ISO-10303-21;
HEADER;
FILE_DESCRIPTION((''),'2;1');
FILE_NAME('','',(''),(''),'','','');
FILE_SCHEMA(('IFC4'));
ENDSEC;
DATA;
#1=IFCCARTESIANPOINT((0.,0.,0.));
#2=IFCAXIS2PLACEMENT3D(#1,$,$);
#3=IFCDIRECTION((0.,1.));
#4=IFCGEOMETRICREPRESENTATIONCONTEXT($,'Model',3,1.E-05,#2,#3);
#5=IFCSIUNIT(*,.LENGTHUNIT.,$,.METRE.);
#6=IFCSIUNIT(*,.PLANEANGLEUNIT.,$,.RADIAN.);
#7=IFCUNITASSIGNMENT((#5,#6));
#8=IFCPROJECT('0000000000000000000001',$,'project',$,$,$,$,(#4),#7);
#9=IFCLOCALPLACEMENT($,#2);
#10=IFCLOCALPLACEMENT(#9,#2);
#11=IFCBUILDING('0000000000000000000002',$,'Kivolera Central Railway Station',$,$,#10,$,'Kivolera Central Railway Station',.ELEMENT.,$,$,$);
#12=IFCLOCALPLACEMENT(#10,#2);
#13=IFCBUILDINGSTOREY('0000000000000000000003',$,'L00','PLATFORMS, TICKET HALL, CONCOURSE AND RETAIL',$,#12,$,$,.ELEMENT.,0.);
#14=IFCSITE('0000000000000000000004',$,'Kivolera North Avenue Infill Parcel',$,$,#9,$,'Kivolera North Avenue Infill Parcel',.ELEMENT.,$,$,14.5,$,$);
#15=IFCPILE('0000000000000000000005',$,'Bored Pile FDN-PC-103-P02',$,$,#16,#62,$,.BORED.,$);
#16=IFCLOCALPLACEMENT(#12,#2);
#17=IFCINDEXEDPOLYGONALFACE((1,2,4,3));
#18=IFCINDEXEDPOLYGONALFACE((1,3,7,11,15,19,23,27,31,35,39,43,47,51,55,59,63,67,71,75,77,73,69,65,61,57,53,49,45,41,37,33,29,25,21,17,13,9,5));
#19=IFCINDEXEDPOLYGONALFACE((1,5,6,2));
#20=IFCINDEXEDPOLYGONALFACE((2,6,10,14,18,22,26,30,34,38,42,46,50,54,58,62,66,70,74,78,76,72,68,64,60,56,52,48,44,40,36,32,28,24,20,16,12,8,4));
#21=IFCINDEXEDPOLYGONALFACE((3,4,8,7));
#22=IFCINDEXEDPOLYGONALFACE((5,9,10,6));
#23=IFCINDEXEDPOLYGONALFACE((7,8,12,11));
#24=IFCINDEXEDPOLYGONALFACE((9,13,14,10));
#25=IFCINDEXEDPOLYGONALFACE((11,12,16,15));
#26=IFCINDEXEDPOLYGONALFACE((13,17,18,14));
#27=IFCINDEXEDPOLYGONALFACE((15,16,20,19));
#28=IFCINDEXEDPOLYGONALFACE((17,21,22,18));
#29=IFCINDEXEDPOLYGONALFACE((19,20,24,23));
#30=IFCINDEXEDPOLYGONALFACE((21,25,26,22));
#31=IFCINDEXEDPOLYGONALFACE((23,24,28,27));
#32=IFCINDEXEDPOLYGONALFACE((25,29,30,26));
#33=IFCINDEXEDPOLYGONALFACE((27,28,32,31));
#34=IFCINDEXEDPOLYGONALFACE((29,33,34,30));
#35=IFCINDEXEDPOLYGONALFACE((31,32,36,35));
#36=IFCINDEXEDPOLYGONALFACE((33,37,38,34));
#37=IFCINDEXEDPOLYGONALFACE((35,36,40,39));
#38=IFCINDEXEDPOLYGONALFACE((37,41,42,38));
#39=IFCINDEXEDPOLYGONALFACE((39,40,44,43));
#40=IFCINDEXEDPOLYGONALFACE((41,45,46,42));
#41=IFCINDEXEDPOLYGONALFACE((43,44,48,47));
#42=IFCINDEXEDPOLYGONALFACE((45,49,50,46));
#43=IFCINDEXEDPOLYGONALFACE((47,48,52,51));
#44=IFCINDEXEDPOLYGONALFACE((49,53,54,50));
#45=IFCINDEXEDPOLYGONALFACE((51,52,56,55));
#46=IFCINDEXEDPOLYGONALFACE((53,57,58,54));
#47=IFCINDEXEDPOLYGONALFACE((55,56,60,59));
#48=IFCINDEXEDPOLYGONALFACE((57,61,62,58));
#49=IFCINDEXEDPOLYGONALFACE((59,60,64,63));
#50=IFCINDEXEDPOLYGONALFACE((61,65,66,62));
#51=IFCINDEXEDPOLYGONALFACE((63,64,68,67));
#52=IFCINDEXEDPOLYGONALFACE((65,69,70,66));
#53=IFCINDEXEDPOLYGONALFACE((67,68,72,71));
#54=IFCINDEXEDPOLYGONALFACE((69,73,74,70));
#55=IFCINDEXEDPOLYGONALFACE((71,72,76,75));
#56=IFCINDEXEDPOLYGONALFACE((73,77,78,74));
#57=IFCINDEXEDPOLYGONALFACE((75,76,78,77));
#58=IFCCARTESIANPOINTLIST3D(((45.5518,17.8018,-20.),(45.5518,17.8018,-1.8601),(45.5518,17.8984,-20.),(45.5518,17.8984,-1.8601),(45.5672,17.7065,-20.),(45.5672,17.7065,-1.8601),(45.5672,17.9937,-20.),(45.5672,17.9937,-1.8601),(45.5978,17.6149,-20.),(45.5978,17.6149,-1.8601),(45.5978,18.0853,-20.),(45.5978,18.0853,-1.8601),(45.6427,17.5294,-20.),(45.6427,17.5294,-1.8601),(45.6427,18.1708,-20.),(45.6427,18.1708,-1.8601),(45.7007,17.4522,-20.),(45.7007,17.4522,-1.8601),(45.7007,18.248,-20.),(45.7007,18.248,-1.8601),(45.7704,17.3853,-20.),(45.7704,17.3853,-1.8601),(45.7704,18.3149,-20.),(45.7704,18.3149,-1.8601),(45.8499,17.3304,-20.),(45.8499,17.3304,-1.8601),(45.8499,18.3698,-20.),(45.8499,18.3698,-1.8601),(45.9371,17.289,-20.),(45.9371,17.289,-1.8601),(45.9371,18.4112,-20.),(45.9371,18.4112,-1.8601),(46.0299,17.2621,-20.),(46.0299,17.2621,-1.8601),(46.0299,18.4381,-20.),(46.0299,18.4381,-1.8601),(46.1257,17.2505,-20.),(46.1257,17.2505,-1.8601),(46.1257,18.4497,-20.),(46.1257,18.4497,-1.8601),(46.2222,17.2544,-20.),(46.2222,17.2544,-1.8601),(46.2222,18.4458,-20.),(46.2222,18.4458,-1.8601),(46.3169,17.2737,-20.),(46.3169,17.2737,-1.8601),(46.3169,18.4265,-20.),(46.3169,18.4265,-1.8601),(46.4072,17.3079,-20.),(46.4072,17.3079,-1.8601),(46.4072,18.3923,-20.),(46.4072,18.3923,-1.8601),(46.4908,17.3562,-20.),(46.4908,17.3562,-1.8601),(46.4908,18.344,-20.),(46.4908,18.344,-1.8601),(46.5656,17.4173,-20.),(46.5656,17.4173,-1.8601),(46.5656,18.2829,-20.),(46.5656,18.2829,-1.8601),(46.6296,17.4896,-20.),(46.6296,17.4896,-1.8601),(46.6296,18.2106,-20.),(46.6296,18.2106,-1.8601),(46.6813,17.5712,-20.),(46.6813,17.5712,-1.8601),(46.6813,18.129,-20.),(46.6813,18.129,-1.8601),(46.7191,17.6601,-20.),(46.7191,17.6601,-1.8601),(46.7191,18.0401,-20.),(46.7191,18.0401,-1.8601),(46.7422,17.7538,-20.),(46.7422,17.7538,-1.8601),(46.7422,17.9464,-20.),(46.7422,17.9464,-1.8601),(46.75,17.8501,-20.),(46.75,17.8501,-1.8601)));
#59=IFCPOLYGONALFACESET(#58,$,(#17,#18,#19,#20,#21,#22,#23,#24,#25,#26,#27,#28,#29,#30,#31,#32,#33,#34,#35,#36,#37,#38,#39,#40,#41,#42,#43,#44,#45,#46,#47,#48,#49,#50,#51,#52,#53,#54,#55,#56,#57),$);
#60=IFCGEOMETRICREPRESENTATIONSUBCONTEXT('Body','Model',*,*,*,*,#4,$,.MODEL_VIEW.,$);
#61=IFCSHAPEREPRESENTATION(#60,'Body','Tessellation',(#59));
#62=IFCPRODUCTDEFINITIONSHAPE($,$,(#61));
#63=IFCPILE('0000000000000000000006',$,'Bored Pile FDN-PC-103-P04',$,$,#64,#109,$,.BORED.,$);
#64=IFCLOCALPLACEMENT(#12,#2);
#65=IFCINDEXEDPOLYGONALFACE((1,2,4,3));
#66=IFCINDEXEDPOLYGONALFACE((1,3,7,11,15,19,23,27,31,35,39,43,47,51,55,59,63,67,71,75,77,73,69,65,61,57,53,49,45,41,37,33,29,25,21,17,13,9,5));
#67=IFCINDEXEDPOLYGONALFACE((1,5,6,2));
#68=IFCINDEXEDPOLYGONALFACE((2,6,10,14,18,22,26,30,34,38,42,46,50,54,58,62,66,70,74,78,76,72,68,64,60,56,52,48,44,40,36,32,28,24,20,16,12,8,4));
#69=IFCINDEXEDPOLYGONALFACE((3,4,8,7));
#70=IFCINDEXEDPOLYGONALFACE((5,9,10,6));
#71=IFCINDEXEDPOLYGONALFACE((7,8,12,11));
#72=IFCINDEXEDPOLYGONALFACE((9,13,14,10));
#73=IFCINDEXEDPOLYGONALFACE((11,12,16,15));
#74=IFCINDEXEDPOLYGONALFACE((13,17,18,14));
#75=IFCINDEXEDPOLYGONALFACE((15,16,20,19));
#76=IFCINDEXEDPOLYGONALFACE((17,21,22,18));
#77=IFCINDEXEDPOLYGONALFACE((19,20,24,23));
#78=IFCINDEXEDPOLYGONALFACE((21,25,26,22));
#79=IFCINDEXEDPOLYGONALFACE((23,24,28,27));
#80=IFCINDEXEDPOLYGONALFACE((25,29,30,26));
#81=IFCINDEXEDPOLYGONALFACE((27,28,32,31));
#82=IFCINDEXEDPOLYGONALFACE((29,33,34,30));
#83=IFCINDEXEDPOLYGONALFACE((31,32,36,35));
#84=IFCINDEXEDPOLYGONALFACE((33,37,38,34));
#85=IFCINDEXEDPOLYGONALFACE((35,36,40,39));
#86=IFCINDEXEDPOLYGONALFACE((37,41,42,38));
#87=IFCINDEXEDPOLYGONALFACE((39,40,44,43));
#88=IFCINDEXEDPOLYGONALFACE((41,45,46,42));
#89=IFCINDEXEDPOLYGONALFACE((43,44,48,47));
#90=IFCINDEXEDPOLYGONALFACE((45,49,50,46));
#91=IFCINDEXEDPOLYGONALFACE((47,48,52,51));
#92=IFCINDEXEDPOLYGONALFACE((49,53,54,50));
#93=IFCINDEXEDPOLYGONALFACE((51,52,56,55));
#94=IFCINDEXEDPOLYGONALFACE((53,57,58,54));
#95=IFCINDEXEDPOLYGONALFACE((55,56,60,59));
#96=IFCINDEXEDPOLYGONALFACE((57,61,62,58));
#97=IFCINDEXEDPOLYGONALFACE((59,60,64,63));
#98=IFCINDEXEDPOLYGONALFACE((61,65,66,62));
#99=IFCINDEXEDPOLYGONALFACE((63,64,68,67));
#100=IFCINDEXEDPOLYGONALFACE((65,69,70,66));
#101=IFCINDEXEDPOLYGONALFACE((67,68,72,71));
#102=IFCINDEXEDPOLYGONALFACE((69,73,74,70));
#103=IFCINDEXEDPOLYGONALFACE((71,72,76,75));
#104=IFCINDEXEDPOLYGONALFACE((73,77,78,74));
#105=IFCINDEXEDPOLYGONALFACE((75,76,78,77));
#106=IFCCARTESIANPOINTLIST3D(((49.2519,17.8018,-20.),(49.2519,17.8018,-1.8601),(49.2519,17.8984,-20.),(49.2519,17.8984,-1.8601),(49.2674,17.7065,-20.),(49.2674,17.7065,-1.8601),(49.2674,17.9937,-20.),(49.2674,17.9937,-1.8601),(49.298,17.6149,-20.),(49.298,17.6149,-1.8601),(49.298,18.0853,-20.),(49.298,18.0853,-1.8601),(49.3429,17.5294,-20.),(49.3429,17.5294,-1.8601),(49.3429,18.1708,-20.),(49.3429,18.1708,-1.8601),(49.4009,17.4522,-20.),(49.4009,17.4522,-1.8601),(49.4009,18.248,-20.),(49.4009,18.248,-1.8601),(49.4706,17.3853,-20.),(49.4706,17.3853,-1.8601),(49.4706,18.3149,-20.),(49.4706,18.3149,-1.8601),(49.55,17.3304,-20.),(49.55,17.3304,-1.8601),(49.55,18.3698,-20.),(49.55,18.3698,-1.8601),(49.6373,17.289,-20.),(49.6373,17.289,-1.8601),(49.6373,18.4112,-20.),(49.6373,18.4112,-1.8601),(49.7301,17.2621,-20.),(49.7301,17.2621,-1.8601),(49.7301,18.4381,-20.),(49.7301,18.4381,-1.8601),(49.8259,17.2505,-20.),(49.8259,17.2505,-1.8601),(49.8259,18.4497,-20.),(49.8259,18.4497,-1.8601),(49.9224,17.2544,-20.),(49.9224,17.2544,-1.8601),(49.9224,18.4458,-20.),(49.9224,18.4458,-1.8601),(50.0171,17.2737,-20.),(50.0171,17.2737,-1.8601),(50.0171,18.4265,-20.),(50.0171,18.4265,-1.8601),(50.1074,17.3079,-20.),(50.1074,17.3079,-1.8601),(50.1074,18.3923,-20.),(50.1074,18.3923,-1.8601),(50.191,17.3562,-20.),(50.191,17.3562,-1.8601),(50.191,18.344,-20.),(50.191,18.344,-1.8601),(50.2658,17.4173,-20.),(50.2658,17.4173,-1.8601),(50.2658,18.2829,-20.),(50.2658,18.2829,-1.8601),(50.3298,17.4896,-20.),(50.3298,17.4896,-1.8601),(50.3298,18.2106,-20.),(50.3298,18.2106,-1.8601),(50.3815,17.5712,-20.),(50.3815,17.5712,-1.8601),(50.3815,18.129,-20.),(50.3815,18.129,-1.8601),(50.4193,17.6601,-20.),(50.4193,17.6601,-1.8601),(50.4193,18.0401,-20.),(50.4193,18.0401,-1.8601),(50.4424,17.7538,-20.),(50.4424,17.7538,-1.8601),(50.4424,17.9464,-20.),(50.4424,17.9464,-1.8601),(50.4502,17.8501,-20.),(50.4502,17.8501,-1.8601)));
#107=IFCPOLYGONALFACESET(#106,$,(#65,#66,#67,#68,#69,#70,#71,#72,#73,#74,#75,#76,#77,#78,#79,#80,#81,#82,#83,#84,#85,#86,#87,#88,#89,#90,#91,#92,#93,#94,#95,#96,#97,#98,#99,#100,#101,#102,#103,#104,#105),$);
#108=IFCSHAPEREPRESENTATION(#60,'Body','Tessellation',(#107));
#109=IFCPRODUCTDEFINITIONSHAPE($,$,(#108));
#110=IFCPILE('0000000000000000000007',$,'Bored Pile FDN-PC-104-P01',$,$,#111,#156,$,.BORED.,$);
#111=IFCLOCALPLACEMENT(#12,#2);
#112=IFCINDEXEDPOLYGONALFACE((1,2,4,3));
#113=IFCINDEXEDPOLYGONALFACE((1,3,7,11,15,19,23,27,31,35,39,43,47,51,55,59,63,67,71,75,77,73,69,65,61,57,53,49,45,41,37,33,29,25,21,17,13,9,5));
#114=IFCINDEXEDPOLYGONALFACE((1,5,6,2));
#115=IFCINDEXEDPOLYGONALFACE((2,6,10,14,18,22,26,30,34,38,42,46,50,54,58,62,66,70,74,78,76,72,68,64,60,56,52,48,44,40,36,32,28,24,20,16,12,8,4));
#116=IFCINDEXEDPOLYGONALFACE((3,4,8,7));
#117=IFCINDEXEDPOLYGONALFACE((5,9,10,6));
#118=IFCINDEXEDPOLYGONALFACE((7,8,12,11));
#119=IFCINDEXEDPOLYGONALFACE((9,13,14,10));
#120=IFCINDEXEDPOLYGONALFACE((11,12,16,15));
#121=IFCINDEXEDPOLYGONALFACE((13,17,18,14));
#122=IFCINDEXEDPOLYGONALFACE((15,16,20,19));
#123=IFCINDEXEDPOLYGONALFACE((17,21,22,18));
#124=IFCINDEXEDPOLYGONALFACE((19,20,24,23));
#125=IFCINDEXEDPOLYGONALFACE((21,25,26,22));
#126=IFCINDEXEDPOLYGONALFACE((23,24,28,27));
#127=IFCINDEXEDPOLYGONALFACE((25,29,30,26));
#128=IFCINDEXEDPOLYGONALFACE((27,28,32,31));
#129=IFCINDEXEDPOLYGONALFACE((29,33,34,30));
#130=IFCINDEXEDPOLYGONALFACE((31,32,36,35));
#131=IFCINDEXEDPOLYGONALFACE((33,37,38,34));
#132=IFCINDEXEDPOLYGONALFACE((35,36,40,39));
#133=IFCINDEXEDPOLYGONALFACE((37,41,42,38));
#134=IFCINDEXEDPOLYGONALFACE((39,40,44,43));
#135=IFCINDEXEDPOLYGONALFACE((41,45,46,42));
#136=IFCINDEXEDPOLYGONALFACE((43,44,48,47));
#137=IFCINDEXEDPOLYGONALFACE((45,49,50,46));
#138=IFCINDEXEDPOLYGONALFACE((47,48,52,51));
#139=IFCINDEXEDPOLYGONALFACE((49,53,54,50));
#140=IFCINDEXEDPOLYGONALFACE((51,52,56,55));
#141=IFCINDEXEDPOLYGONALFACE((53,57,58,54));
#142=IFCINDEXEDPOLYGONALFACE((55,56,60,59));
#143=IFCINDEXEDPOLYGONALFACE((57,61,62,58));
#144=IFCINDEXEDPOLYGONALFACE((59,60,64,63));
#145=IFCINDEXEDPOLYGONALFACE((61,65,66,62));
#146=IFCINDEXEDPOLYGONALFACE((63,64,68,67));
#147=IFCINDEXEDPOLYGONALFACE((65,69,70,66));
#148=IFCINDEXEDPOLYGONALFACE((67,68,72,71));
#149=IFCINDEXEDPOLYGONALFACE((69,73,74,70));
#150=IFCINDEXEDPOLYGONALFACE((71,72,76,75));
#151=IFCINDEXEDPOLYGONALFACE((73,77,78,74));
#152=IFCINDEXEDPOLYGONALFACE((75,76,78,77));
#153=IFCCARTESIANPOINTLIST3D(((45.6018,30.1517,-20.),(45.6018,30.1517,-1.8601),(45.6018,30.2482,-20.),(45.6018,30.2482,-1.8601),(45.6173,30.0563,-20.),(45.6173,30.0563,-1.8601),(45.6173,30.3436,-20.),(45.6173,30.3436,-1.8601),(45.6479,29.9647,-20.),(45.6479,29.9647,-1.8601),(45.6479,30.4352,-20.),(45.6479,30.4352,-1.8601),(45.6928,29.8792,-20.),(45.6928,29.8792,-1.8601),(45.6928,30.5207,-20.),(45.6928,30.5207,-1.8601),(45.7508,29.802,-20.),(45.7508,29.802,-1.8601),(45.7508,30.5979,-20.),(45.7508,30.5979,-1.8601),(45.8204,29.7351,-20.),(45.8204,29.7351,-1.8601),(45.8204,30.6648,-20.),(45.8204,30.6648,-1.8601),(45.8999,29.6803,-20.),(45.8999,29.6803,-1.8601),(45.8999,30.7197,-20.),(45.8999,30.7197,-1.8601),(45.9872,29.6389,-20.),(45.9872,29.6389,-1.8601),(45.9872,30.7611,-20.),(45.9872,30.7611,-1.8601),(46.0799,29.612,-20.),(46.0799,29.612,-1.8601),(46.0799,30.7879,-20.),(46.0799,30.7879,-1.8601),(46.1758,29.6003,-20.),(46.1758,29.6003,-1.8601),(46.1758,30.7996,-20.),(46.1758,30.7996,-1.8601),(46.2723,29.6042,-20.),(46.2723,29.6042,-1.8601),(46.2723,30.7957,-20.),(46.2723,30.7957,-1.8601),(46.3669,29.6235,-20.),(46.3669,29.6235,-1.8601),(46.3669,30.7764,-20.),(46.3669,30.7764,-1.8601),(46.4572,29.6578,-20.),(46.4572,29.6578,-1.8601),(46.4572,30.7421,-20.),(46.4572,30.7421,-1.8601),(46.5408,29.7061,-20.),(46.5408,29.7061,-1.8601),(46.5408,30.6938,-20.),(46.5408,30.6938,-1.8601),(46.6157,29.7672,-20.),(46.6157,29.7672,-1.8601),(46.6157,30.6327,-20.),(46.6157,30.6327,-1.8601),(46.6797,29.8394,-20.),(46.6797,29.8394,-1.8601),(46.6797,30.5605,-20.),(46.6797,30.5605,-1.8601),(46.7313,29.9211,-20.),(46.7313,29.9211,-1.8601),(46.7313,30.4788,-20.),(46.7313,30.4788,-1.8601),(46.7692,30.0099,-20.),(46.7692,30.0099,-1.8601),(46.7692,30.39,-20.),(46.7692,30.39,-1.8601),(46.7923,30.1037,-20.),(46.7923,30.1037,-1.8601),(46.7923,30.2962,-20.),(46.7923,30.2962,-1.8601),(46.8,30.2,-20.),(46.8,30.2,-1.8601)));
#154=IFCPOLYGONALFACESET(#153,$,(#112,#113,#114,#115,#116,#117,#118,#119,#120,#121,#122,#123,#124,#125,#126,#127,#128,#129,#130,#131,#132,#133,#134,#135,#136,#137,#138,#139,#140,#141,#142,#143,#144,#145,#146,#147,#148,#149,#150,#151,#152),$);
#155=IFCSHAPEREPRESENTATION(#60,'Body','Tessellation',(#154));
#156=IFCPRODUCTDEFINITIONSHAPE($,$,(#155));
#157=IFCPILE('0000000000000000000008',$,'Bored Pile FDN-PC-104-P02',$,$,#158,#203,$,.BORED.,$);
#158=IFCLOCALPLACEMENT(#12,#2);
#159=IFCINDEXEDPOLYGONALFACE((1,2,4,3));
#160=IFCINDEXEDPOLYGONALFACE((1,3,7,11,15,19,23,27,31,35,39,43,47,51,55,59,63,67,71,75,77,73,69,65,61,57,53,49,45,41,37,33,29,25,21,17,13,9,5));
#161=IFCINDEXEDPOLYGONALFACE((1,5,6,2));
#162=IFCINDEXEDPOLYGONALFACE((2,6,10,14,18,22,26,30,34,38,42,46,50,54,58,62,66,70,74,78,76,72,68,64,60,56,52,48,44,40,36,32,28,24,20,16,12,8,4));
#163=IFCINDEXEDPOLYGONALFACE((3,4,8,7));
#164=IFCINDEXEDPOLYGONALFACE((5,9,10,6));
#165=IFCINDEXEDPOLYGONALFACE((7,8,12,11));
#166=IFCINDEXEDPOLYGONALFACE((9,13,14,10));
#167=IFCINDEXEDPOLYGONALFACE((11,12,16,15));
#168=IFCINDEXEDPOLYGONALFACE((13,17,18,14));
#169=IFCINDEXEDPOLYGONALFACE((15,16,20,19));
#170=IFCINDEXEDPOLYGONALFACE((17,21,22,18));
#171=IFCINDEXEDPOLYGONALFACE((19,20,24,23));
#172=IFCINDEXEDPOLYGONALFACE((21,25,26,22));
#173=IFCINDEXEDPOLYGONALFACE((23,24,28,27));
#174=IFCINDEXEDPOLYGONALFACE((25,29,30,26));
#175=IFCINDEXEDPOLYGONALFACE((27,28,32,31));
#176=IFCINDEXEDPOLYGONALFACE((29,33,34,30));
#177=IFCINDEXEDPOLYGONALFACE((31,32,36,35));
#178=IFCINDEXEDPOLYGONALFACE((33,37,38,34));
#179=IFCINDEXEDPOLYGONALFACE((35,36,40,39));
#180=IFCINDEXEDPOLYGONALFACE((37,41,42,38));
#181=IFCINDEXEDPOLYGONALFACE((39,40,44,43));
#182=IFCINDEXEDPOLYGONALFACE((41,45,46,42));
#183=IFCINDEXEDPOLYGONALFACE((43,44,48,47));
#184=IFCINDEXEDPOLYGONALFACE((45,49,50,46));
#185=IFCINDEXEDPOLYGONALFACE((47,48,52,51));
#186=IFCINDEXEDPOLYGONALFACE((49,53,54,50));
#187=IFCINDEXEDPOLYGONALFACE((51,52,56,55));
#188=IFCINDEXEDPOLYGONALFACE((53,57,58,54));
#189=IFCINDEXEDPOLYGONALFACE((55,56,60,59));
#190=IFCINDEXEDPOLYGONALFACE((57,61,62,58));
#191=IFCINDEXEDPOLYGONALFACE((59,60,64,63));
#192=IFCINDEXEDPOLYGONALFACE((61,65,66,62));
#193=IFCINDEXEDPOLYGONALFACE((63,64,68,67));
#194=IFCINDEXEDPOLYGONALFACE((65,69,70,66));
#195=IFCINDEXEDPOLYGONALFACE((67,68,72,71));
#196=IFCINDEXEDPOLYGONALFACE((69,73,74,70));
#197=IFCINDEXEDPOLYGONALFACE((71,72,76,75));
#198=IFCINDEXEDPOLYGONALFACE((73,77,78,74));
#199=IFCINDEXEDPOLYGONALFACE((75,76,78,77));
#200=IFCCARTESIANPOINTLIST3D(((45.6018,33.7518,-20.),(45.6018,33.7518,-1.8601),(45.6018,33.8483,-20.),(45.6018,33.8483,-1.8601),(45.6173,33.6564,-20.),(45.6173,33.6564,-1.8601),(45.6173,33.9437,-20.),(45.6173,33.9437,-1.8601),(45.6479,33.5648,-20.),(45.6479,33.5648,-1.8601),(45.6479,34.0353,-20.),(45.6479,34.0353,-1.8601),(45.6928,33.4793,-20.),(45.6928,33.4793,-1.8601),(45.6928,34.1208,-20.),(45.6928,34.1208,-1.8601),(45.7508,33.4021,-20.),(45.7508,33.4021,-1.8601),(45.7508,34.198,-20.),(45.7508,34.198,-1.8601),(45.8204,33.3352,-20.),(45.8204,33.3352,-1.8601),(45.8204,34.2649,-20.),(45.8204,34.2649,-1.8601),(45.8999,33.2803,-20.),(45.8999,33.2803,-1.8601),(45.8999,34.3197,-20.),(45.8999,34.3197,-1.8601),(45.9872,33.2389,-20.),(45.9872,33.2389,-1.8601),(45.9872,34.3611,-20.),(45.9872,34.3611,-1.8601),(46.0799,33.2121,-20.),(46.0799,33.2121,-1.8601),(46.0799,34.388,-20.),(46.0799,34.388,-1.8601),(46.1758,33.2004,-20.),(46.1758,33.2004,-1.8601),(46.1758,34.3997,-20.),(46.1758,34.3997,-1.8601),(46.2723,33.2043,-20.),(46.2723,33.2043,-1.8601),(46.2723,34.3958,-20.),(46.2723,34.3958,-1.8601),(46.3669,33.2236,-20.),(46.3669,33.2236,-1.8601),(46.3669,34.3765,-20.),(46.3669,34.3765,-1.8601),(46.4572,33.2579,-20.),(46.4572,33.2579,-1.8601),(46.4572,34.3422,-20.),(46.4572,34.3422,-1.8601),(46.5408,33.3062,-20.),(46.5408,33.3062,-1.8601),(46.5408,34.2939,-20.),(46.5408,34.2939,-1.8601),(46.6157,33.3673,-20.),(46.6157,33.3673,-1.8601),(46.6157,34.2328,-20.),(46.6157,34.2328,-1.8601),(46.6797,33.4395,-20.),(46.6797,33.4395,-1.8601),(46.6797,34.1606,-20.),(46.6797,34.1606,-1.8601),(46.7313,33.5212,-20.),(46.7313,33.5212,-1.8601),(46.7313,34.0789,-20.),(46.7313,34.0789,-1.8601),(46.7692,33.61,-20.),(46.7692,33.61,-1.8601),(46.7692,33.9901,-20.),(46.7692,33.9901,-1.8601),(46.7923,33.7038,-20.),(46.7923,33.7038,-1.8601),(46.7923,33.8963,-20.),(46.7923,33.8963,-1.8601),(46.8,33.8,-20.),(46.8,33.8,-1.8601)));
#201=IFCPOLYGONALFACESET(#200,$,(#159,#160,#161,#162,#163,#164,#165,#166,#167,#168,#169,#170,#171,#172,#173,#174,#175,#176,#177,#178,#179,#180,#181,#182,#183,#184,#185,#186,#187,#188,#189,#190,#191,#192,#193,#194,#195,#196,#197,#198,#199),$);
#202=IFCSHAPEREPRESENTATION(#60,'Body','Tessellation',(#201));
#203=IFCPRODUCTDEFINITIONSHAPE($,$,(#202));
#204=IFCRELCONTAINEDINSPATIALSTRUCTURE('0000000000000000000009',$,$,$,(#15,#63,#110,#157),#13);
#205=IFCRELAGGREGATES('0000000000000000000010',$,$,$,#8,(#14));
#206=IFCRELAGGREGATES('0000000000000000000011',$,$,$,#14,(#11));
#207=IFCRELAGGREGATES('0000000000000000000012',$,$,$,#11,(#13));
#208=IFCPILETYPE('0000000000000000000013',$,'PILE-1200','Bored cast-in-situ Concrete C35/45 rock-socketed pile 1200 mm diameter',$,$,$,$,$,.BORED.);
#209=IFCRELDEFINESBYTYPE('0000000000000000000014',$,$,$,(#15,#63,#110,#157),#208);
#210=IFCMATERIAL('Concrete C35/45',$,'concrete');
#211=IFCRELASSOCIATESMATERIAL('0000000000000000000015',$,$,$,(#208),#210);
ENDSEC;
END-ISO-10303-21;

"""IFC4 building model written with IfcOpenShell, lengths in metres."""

from ifc_helpers import new_model, si_unit, direction, frame, origin, origin_2d, place, context, subcontext, project, spatial, circle, extrude, material, material_profile, profile_set, type_object, element, save


model = new_model("IFC4")

# Units and contexts
model_context = context("Model", 3, precision=1e-05, world=origin(), true_north=direction((0.0, 1.0)))
body_context = subcontext(model_context, "Body", "Model", "MODEL_VIEW")
ifc_project = project(units=[si_unit("LENGTHUNIT", "METRE"), si_unit("PLANEANGLEUNIT", "RADIAN")], contexts=[model_context])

# Site, building, storey
site_placement = place(None, origin())
site = spatial("IfcSite", under=ifc_project, at=site_placement, Name="Kivolera North Avenue Infill Parcel", LongName="Kivolera North Avenue Infill Parcel", CompositionType="ELEMENT", RefElevation=14.5)
building_placement = place(site_placement, origin())
building = spatial("IfcBuilding", under=site, at=building_placement, Name="Kivolera Central Railway Station", LongName="Kivolera Central Railway Station", CompositionType="ELEMENT")
storey_placement = place(building_placement, origin())
storey = spatial("IfcBuildingStorey", under=building, at=storey_placement, Name="L00", Description="PLATFORMS, TICKET HALL, CONCOURSE AND RETAIL", CompositionType="ELEMENT", Elevation=0.0)

# Shared definitions
ifc_material_1 = material(Name="Concrete C35/45", Category="concrete")

# Piles
ifc_material_profile_1 = material_profile(ifc_material_1, circle(Radius=0.6001, at=origin_2d()), Name="PILE D1200")
ifc_profile_set_1 = profile_set([ifc_material_profile_1], Name="Concrete C35/45")
pile_type = type_object("IfcPileType", Name="PILE-1200", Description="Bored cast-in-situ Concrete C35/45 rock-socketed pile 1200 mm diameter", PredefinedType="BORED", material=ifc_profile_set_1)
for number, where, z_axis, x_axis, name in (
    (1, (46.1499, 17.8501, -1.8601), (0.0, 0.0, -1.0), (1.0, 0.0, 0.0), "Bored Pile FDN-PC-103-P02"),
    (2, (49.8501, 17.8501, -1.8601), (0.0, 0.0, -1.0), (1.0, 0.0, 0.0), "Bored Pile FDN-PC-103-P04"),
    (3, (46.2, 30.2, -1.8601), (0.0, 0.0, -1.0), (1.0, 0.0, 0.0), "Bored Pile FDN-PC-104-P01"),
    (4, (46.2, 33.8, -1.8601), (0.0, 0.0, -1.0), (1.0, 0.0, 0.0), "Bored Pile FDN-PC-104-P02"),
):
    element("IfcPile", number, at=place(storey_placement, frame(where, z_axis=z_axis, x_axis=x_axis)), inside=storey, type_object=pile_type, Name=name, PredefinedType="BORED", context=body_context, shape_type="SweptSolid", body=[
        extrude(circle(Radius=0.6001, at=origin_2d()), origin(), (0.0, 0.0, 1.0), 18.1399),
    ])

save(model, "model.ifc")
